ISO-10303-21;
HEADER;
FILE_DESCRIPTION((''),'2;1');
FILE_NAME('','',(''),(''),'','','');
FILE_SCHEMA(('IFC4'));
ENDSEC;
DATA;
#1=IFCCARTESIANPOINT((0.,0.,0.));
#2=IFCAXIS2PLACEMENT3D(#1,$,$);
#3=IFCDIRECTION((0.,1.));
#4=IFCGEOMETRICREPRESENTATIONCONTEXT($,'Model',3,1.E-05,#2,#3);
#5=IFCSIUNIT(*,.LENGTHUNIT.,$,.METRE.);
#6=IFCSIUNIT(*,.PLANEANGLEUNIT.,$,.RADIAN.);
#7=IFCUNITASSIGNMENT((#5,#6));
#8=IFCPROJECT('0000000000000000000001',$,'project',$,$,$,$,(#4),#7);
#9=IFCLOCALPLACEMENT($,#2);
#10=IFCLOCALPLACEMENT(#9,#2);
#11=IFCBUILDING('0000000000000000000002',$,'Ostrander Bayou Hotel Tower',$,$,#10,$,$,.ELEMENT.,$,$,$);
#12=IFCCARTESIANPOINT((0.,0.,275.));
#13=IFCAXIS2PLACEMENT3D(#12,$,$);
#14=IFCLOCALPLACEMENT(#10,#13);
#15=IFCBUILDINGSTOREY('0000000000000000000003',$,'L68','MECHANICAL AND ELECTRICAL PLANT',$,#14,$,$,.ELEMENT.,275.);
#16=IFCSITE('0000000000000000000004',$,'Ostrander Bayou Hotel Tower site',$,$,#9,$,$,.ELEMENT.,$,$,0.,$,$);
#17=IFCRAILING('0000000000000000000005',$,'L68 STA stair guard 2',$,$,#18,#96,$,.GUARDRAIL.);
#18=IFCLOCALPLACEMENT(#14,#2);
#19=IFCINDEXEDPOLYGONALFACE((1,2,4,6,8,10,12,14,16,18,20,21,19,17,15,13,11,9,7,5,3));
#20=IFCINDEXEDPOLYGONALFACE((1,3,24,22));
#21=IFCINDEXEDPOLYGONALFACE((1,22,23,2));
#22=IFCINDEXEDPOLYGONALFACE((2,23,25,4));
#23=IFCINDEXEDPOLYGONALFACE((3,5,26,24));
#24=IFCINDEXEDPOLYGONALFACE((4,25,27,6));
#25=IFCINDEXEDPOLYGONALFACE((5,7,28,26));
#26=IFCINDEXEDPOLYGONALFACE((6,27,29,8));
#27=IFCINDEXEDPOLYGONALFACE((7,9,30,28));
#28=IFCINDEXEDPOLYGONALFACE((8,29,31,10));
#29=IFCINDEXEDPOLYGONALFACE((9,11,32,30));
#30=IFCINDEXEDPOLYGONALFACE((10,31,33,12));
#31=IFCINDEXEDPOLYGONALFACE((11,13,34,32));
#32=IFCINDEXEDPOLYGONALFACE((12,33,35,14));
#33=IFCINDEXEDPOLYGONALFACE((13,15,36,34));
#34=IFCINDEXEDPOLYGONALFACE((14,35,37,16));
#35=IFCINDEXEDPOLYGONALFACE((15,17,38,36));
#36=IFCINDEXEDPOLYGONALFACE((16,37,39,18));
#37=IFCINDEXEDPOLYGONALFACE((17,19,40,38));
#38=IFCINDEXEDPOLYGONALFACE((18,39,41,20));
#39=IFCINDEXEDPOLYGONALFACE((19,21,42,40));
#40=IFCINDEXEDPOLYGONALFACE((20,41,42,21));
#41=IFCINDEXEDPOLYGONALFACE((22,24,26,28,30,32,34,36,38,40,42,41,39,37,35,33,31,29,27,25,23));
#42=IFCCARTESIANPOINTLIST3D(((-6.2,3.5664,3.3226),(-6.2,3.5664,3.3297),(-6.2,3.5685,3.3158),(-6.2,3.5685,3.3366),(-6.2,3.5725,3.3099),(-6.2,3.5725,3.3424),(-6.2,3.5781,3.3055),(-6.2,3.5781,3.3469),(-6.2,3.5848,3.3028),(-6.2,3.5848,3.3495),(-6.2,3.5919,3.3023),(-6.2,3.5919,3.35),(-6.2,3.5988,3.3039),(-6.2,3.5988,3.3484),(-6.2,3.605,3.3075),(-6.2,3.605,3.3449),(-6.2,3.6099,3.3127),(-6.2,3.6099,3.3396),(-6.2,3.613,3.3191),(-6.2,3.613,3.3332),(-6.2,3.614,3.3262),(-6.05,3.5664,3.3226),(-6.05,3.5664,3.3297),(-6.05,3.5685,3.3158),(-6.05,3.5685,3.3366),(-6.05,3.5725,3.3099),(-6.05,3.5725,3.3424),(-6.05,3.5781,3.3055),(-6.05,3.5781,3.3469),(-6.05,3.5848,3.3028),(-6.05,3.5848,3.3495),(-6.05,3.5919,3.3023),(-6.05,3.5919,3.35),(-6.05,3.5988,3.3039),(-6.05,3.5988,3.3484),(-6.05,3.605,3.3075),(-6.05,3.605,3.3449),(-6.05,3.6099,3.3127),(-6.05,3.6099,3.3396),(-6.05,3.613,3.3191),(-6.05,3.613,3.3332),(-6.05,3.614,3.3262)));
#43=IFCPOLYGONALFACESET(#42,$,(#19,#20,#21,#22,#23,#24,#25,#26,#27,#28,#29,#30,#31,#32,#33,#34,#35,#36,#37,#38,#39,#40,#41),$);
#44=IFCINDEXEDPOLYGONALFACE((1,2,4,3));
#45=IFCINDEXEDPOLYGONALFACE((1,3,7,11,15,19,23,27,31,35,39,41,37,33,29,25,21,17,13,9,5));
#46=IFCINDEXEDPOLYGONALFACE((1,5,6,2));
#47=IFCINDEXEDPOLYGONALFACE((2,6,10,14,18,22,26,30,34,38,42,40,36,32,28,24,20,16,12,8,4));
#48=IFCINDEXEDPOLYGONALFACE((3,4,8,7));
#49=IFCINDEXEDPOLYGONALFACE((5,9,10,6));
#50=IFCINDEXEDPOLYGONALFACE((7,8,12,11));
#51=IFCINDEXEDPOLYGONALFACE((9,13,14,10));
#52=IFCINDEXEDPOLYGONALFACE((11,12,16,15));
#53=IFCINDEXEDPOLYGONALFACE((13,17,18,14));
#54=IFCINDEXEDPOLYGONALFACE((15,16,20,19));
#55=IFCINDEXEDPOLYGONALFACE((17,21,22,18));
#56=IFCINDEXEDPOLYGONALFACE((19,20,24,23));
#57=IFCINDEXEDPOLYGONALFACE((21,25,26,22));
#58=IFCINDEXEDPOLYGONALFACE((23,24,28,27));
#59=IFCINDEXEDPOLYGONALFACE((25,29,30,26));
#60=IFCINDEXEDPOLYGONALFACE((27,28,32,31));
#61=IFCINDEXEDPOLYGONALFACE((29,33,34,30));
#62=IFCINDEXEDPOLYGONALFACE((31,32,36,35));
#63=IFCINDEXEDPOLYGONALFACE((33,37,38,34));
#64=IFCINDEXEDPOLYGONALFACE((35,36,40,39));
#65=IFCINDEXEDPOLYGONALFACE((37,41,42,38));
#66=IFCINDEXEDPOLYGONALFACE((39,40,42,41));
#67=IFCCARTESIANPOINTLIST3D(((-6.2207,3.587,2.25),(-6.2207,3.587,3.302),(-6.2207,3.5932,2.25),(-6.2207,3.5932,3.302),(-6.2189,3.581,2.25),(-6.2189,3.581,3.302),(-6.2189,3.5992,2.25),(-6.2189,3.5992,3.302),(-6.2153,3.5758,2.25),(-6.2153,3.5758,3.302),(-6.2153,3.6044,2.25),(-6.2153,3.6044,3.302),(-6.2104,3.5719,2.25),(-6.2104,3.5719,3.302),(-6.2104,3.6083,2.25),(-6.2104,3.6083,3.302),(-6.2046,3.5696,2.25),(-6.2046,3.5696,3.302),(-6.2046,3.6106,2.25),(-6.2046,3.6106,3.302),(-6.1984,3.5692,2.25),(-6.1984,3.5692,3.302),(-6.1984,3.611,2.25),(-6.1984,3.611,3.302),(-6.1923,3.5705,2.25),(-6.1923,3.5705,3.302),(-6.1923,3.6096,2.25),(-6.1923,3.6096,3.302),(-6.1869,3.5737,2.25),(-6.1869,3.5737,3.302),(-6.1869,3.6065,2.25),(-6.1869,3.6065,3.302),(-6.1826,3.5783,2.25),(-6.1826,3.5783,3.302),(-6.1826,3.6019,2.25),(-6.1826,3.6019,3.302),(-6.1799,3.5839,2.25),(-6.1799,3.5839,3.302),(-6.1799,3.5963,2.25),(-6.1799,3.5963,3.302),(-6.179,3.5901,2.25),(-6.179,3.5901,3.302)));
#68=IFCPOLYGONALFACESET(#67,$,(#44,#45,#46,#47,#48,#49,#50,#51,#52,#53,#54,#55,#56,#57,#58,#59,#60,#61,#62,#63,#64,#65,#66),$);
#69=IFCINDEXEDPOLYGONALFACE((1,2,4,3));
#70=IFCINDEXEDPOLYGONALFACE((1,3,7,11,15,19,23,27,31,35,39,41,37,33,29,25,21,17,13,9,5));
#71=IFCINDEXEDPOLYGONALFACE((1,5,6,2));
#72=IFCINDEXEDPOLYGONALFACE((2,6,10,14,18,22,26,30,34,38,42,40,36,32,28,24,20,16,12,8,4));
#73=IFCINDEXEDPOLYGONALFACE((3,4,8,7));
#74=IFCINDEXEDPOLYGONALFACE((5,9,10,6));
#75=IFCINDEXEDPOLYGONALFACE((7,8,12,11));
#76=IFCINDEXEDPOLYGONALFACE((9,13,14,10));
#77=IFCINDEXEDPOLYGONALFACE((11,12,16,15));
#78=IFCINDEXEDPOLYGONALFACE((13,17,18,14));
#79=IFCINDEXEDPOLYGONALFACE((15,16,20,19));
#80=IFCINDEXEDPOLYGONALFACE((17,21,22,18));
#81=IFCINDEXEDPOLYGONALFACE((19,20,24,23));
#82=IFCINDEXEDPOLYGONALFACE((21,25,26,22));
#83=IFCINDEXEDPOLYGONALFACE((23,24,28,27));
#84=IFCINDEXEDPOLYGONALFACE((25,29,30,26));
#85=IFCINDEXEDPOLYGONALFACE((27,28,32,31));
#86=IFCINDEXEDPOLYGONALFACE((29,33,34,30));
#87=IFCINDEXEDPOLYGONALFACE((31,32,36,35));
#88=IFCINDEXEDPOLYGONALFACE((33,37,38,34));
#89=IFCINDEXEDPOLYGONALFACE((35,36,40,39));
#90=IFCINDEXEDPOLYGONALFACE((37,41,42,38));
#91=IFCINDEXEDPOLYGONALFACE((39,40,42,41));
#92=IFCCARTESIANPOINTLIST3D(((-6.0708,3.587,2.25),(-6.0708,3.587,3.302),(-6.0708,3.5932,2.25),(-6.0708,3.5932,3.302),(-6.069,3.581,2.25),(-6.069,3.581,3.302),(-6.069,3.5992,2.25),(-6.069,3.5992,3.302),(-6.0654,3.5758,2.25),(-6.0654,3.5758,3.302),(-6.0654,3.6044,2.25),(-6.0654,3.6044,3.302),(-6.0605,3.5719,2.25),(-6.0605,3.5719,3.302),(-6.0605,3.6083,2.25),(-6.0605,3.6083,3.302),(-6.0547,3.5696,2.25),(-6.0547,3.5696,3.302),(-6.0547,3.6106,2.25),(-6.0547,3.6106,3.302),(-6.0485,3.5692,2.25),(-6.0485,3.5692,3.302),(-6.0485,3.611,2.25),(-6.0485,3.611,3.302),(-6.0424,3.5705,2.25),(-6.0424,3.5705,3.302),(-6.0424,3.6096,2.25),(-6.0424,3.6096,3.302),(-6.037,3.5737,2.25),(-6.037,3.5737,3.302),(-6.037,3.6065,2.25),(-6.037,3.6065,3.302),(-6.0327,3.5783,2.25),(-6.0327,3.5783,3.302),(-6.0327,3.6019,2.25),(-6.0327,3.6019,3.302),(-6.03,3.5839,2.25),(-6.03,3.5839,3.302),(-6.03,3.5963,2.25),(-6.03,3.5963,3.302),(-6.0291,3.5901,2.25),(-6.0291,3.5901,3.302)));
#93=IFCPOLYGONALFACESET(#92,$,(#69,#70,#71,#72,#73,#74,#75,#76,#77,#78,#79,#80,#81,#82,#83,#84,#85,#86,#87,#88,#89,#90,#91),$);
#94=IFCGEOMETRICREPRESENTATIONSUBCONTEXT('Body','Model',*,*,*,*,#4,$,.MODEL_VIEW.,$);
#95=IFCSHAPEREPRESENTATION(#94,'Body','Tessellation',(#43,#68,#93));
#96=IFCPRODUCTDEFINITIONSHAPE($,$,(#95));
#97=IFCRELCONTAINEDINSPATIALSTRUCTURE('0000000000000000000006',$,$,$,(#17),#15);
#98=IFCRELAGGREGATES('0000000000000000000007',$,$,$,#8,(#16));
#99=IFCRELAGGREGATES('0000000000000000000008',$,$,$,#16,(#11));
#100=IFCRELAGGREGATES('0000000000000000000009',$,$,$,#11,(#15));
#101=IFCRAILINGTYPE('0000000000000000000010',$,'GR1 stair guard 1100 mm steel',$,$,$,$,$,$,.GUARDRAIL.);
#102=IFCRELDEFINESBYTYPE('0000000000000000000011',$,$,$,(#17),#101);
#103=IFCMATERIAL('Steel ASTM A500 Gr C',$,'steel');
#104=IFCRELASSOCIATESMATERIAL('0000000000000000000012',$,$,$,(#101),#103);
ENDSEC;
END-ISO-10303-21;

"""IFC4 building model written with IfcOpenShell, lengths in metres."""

from ifc_helpers import new_model, si_unit, direction, frame, origin, origin_2d, place, context, subcontext, project, spatial, circle, extrude, material, type_object, element, save


model = new_model("IFC4")

# Units and contexts
model_context = context("Model", 3, precision=1e-05, world=origin(), true_north=direction((0.0, 1.0)))
body_context = subcontext(model_context, "Body", "Model", "MODEL_VIEW")
ifc_project = project(units=[si_unit("LENGTHUNIT", "METRE"), si_unit("PLANEANGLEUNIT", "RADIAN")], contexts=[model_context])

# Site, building, storey
site_placement = place(None, origin())
site = spatial("IfcSite", under=ifc_project, at=site_placement, Name="Ostrander Bayou Hotel Tower site", CompositionType="ELEMENT", RefElevation=0.0)
building_placement = place(site_placement, origin())
building = spatial("IfcBuilding", under=site, at=building_placement, Name="Ostrander Bayou Hotel Tower", CompositionType="ELEMENT")
storey_placement = place(building_placement, frame((0.0, 0.0, 275.0)))
storey = spatial("IfcBuildingStorey", under=building, at=storey_placement, Name="L68", Description="MECHANICAL AND ELECTRICAL PLANT", CompositionType="ELEMENT", Elevation=275.0)

# Railing
ifc_material_1 = material(Name="Steel ASTM A500 Gr C", Category="steel")
railing_type_1 = type_object("IfcRailingType", Name="GR1 stair guard 1100 mm steel", PredefinedType="GUARDRAIL", material=ifc_material_1)
railing_1_placement = place(storey_placement, frame((-6.2, 3.5901, 2.25)))
element("IfcRailing", 1, at=railing_1_placement, inside=storey, type_object=railing_type_1, Name="L68 STA stair guard 2", PredefinedType="GUARDRAIL", context=body_context, shape_type="SweptSolid", body=[
    extrude(circle(Radius=0.0239, at=origin_2d()), frame((0.0, 0.0, 1.0762), z_axis=(1.0, 0.0, 0.0), x_axis=(0.0, 1.0, 0.0)), (0.0, 0.0, 1.0), 0.1499),
    extrude(circle(Radius=0.021, at=origin_2d()), origin(), (0.0, 0.0, 1.0), 1.052),
    extrude(circle(Radius=0.021, at=origin_2d()), frame((0.1499, 0.0, 0.0)), (0.0, 0.0, 1.0), 1.052),
])

save(model, "model.ifc")
